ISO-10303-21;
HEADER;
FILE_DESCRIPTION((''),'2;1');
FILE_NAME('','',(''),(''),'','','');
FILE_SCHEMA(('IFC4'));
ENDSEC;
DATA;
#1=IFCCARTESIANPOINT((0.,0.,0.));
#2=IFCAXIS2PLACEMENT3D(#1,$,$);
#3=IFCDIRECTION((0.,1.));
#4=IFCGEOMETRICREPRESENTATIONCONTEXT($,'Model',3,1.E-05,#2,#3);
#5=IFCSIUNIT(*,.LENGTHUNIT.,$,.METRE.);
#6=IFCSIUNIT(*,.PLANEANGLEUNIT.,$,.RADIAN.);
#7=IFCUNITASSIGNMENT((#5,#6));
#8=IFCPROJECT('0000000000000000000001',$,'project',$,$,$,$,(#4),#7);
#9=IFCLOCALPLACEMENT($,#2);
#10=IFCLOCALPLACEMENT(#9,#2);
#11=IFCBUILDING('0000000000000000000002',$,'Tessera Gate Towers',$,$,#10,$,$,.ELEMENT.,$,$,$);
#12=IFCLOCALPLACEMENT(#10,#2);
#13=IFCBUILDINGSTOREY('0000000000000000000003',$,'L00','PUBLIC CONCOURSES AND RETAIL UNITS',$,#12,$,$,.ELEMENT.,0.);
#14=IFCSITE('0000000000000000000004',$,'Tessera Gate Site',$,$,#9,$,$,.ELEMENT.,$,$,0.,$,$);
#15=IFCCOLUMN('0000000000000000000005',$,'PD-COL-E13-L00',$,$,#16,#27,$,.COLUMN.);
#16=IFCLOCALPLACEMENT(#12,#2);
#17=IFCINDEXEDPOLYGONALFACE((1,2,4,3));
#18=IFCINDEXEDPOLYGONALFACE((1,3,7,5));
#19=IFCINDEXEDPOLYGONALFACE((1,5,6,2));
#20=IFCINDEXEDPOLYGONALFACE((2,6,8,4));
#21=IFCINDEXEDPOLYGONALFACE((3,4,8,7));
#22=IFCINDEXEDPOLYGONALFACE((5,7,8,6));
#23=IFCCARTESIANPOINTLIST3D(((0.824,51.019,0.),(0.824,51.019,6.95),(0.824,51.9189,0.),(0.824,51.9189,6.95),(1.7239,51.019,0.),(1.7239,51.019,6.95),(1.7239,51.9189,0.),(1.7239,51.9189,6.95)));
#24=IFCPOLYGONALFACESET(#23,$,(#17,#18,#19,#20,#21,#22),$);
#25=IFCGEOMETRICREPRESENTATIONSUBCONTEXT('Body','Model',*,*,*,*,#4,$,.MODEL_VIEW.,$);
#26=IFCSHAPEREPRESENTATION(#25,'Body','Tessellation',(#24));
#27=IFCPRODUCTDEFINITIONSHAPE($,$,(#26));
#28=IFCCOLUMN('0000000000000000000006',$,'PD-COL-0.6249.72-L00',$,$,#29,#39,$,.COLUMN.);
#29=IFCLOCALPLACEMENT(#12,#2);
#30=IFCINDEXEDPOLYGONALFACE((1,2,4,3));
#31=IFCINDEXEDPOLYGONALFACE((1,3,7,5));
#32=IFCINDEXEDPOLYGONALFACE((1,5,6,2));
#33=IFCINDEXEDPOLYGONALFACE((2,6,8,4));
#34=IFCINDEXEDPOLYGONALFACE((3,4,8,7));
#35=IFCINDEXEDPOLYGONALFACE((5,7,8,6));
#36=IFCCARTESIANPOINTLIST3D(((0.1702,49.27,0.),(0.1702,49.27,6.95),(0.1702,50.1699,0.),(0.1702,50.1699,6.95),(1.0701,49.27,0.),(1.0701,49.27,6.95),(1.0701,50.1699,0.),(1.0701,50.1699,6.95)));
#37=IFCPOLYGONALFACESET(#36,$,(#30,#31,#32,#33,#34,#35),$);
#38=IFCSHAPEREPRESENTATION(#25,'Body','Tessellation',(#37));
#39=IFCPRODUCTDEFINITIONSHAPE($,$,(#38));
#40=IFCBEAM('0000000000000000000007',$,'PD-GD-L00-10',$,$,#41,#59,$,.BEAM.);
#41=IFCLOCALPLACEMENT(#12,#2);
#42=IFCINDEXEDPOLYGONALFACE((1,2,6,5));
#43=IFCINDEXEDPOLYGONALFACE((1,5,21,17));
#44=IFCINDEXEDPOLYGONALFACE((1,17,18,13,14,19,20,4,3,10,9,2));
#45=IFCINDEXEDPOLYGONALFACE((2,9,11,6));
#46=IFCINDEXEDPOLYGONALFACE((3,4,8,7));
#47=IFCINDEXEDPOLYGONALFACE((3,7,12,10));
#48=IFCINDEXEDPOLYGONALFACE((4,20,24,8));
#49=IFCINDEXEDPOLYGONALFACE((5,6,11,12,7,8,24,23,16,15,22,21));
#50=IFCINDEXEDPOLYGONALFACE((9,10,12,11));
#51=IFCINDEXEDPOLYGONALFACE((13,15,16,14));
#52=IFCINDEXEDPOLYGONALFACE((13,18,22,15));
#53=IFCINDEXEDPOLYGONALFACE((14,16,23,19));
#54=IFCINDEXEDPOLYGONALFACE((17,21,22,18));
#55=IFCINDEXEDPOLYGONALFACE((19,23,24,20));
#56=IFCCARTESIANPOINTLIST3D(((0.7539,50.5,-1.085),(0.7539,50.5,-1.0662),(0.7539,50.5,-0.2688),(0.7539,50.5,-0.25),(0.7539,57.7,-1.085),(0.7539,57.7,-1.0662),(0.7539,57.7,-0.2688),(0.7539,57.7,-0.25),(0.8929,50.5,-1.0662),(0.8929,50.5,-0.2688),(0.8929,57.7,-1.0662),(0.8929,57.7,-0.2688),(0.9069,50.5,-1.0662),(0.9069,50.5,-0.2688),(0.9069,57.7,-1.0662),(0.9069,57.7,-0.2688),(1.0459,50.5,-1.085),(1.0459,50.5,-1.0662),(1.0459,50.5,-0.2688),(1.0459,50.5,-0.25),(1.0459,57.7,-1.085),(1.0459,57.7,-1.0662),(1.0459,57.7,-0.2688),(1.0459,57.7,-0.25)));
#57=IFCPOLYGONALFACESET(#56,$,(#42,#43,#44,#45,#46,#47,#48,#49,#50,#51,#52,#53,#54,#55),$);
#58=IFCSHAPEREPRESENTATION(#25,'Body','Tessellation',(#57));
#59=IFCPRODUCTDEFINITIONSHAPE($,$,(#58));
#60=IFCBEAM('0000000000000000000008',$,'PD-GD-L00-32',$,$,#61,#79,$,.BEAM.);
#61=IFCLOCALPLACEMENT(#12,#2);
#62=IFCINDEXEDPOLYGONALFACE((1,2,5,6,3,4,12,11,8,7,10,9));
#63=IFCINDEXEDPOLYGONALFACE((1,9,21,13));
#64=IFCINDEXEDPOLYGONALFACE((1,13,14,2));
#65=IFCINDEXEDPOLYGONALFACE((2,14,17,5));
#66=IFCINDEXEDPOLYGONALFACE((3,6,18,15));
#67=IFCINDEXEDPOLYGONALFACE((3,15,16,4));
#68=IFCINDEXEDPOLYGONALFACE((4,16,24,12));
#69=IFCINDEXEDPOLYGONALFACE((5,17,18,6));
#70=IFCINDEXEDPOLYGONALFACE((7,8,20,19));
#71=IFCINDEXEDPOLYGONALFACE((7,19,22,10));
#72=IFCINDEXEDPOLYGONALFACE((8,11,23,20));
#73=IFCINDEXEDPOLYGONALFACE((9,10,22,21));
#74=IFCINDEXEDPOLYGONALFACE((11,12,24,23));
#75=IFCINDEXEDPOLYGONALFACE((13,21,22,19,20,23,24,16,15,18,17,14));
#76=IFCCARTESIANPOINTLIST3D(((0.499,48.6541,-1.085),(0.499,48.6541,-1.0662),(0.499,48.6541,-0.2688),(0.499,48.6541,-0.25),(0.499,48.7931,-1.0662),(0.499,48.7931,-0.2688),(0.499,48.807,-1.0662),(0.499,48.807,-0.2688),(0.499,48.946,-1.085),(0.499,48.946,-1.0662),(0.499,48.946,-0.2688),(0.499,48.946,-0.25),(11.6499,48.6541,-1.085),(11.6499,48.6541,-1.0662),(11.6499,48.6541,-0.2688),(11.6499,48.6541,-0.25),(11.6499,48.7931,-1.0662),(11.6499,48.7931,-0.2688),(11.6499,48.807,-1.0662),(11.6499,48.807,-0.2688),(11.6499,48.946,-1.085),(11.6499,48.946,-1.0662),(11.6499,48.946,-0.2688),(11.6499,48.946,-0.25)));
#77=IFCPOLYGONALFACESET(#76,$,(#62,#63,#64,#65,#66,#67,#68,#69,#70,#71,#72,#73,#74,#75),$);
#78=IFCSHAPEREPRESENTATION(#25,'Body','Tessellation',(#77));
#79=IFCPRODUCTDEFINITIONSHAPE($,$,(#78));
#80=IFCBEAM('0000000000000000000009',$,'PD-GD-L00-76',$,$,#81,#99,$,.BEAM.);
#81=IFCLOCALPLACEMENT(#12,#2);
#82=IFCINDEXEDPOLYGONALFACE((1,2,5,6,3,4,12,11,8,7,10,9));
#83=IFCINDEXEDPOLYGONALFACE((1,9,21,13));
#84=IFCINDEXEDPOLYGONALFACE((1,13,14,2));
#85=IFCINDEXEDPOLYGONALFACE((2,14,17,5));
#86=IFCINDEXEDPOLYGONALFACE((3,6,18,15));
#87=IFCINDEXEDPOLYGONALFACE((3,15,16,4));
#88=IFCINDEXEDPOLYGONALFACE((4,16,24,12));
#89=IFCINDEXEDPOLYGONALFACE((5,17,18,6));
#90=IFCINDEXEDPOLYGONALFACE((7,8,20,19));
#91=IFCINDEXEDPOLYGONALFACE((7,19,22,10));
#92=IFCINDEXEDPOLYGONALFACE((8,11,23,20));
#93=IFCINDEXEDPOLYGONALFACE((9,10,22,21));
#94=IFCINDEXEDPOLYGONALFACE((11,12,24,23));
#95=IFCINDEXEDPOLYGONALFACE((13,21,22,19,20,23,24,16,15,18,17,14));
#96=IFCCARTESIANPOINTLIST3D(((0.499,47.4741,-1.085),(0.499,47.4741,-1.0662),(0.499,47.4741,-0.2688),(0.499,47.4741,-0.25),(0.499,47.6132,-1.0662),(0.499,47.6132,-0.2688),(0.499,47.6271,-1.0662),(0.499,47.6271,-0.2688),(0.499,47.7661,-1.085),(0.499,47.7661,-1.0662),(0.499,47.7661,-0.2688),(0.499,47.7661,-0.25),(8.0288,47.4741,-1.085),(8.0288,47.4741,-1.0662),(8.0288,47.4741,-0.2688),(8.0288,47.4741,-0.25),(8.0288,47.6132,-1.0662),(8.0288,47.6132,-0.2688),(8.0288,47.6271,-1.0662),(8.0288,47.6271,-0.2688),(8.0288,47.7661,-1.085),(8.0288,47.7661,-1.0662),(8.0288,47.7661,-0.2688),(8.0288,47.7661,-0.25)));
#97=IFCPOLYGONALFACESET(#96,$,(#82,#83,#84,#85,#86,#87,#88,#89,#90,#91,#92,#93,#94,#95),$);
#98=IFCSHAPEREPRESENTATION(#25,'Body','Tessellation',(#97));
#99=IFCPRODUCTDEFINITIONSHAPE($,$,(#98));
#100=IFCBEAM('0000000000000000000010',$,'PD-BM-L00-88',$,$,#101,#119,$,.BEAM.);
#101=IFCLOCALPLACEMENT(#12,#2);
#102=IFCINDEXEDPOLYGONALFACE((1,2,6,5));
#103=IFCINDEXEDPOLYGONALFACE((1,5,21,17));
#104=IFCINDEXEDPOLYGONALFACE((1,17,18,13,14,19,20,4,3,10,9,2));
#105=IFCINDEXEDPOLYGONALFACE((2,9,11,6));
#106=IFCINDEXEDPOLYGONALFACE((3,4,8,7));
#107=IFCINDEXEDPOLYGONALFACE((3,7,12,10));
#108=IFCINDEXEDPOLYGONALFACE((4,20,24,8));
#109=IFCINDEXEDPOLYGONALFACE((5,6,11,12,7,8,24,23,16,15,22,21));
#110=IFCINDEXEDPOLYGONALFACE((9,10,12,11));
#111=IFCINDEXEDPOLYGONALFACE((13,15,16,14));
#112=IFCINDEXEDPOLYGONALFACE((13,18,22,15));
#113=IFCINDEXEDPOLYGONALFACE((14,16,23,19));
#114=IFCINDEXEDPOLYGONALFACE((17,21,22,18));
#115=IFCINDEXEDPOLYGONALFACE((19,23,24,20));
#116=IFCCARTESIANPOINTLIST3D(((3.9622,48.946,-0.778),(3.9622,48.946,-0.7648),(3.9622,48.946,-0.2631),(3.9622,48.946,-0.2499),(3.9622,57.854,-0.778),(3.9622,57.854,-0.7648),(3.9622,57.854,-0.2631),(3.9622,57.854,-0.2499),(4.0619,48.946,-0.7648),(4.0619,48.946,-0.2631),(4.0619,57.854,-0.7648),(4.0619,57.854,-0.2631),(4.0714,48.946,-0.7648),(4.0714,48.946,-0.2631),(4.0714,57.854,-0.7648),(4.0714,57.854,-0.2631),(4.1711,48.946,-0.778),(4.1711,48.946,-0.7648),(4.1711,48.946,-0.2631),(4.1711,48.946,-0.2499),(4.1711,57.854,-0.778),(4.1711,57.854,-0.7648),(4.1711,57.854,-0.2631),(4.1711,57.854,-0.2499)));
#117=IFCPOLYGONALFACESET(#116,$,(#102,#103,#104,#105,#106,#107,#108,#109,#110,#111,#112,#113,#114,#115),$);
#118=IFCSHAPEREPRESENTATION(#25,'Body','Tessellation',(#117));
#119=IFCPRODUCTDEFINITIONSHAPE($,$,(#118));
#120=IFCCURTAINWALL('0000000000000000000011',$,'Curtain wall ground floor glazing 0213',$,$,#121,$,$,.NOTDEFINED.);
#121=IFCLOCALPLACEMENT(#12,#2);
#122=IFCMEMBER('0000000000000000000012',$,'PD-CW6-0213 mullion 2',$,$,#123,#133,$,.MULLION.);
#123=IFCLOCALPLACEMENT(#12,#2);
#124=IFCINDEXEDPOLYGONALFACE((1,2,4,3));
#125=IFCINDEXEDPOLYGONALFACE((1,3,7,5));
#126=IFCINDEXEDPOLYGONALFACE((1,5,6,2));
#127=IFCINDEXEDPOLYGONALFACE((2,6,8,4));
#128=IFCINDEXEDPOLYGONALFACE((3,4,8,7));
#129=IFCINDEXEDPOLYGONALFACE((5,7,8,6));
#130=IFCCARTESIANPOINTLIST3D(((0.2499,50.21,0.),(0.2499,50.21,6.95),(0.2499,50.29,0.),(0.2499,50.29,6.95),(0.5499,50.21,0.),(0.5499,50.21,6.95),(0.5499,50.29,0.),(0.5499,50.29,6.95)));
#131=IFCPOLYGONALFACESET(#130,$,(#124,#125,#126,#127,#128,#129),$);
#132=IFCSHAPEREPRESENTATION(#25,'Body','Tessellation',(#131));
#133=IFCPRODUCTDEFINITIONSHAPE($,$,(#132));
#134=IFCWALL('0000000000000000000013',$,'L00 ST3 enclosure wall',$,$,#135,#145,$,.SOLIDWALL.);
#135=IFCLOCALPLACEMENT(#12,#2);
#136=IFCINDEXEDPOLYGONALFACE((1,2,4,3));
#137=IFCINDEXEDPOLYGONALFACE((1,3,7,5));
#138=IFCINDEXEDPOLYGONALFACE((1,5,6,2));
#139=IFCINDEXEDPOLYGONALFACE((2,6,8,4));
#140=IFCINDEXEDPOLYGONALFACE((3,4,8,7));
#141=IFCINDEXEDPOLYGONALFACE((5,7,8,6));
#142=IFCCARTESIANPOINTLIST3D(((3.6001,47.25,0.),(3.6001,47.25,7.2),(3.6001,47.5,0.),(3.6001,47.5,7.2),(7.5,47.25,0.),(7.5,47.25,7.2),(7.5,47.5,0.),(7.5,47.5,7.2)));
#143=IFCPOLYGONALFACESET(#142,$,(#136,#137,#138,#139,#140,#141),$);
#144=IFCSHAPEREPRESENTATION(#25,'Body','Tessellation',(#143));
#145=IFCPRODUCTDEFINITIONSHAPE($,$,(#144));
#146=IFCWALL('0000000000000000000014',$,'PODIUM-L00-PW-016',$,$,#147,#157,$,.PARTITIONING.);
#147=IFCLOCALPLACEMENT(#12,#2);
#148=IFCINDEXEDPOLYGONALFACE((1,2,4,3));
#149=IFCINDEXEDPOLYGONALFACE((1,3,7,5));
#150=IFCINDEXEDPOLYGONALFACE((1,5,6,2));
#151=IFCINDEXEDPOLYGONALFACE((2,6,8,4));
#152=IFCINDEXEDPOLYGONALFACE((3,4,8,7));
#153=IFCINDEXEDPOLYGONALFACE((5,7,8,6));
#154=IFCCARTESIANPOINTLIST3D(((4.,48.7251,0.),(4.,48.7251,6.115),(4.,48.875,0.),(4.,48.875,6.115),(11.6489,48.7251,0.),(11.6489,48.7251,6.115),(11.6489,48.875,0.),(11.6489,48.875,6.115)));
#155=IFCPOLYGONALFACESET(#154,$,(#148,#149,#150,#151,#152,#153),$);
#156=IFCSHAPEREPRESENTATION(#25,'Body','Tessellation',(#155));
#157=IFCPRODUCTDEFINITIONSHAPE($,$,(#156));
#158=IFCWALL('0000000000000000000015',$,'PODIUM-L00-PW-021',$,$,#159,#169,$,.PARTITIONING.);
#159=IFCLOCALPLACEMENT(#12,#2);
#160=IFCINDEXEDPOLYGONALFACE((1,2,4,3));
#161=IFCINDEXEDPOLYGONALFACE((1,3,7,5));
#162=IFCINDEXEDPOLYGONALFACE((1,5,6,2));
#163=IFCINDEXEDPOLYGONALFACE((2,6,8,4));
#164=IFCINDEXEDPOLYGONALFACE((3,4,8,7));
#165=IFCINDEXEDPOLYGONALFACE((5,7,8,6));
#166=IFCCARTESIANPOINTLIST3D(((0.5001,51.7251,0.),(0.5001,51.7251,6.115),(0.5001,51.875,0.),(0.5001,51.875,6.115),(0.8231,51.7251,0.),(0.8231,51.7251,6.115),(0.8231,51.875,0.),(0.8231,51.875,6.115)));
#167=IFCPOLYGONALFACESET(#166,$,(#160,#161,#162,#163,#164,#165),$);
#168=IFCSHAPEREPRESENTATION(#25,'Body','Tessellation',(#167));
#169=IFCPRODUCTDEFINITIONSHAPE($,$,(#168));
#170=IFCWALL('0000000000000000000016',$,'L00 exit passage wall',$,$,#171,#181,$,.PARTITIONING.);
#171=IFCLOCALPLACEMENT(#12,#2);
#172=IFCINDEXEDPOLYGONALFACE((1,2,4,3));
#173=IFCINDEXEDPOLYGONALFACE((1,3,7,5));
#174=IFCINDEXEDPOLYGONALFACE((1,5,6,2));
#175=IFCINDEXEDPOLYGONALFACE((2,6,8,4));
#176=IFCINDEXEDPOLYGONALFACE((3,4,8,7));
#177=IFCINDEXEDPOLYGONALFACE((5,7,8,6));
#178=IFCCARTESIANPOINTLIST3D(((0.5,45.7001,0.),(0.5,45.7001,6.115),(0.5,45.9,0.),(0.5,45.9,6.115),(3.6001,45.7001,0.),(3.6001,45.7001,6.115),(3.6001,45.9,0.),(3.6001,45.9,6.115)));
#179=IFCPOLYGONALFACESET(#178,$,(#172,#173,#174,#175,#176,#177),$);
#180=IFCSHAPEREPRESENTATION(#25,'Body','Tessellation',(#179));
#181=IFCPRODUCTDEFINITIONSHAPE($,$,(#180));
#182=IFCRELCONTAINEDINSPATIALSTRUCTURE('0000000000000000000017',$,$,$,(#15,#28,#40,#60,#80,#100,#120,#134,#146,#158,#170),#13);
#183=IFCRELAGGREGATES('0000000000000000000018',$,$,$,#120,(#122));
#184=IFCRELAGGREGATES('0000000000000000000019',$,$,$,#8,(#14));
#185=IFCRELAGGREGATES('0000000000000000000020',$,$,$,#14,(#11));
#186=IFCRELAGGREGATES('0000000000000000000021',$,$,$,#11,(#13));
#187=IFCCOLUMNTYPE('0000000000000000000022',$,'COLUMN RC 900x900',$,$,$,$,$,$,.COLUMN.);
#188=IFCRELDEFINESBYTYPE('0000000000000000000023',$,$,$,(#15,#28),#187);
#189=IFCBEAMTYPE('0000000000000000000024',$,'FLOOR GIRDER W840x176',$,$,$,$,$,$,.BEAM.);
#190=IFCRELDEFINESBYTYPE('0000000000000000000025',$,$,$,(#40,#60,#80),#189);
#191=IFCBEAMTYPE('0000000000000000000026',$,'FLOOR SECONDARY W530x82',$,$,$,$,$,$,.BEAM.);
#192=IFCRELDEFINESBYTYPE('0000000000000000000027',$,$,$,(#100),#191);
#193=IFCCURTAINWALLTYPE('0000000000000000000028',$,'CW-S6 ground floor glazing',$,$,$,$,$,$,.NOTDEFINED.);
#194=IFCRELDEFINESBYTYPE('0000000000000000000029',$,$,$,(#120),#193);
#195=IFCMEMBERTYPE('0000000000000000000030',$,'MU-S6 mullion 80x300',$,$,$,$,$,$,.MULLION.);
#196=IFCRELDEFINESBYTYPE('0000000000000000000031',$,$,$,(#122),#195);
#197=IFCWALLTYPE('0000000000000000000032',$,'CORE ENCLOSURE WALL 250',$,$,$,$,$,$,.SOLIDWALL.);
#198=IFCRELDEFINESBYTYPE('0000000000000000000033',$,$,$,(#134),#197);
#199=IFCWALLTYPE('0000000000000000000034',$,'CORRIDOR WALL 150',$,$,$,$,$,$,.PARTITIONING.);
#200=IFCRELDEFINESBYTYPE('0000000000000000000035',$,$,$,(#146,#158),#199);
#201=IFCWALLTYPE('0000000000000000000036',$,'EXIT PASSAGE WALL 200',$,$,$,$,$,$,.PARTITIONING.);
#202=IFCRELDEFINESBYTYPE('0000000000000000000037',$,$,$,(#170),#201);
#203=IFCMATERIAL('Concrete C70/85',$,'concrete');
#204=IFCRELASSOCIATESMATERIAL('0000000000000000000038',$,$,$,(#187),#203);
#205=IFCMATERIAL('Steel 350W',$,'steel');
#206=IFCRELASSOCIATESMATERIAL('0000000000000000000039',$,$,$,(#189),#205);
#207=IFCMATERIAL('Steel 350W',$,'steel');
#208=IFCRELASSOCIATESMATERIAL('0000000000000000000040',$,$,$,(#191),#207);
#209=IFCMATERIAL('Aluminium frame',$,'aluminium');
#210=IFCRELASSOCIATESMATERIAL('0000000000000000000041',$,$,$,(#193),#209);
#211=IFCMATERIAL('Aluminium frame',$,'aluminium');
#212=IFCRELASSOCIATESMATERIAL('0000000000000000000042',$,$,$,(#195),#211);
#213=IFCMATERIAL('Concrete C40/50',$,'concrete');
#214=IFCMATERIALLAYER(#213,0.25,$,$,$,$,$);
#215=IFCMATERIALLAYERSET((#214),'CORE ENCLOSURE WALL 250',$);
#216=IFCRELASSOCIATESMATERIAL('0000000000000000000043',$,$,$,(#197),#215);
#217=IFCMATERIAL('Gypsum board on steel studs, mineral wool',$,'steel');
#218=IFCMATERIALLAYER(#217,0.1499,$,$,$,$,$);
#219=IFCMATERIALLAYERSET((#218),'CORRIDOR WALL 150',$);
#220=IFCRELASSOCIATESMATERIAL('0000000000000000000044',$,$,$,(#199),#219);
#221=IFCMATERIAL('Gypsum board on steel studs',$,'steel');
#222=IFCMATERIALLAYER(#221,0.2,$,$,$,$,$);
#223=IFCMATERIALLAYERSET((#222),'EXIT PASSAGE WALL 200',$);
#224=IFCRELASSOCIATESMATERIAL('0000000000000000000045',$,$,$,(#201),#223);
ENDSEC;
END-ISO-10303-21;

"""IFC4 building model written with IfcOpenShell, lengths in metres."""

from ifc_helpers import new_model, si_unit, direction, frame, frame_2d, origin, origin_2d, place, context, subcontext, project, spatial, rectangle, i_section, extrude, material, layer, layer_set, material_profile, profile_set, type_object, element, aggregate, save


model = new_model("IFC4")

# Units and contexts
model_context = context("Model", 3, precision=1e-05, world=origin(), true_north=direction((0.0, 1.0)))
body_context = subcontext(model_context, "Body", "Model", "MODEL_VIEW")
ifc_project = project(units=[si_unit("LENGTHUNIT", "METRE"), si_unit("PLANEANGLEUNIT", "RADIAN")], contexts=[model_context])

# Site, building, storey
site_placement = place(None, origin())
site = spatial("IfcSite", under=ifc_project, at=site_placement, Name="Tessera Gate Site", CompositionType="ELEMENT", RefElevation=0.0)
building_placement = place(site_placement, origin())
building = spatial("IfcBuilding", under=site, at=building_placement, Name="Tessera Gate Towers", CompositionType="ELEMENT")
storey_placement = place(building_placement, origin())
storey = spatial("IfcBuildingStorey", under=building, at=storey_placement, Name="L00", Description="PUBLIC CONCOURSES AND RETAIL UNITS", CompositionType="ELEMENT", Elevation=0.0)

# Columns
ifc_material_1 = material(Name="Concrete C70/85", Category="concrete")
ifc_material_profile_1 = material_profile(ifc_material_1, rectangle(XDim=0.8999, YDim=0.8999, at=origin_2d()), Name="RC 900x900")
ifc_profile_set_1 = profile_set([ifc_material_profile_1], Name="Concrete C70/85")
column_type = type_object("IfcColumnType", Name="COLUMN RC 900x900", PredefinedType="COLUMN", material=ifc_profile_set_1)
for number, where, z_axis, x_axis, name in (
    (1, (1.2739, 51.469, 0.0), (0.0, 0.0, 1.0), (1.0, 0.0, 0.0), "PD-COL-E13-L00"),
    (2, (0.6201, 49.72, 0.0), (0.0, 0.0, 1.0), (1.0, 0.0, 0.0), "PD-COL-0.6249.72-L00"),
):
    element("IfcColumn", number, at=place(storey_placement, frame(where, z_axis=z_axis, x_axis=x_axis)), inside=storey, type_object=column_type, Name=name, PredefinedType="COLUMN", context=body_context, shape_type="SweptSolid", body=[
        extrude(rectangle(XDim=0.8999, YDim=0.8999, at=origin_2d()), origin(), (0.0, 0.0, 1.0), 6.95),
    ])

# Beams
ifc_material_2 = material(Name="Steel 350W", Category="steel")
ifc_material_profile_2 = material_profile(ifc_material_2, i_section(OverallWidth=0.292, OverallDepth=0.835, WebThickness=0.0139, FlangeThickness=0.0188, at=origin_2d()), Name="W840x176")
ifc_profile_set_2 = profile_set([ifc_material_profile_2], Name="Steel 350W")
beam_type_1 = type_object("IfcBeamType", Name="FLOOR GIRDER W840x176", PredefinedType="BEAM", material=ifc_profile_set_2)
beam_1_placement = place(storey_placement, frame((0.8999, 50.5, -0.6675), z_axis=(0.0, 1.0, 0.0), x_axis=(-1.0, 0.0, 0.0)))
element("IfcBeam", 3, at=beam_1_placement, inside=storey, type_object=beam_type_1, Name="PD-GD-L00-10", PredefinedType="BEAM", context=body_context, shape_type="SweptSolid", body=[
    extrude(i_section(OverallWidth=0.292, OverallDepth=0.835, WebThickness=0.0139, FlangeThickness=0.0188, at=origin_2d()), origin(), (0.0, 0.0, 1.0), 7.2),
])
beam_2_placement = place(storey_placement, frame((0.499, 48.8, -0.6675), z_axis=(1.0, 0.0, 0.0), x_axis=(0.0, 1.0, 0.0)))
element("IfcBeam", 4, at=beam_2_placement, inside=storey, type_object=beam_type_1, Name="PD-GD-L00-32", PredefinedType="BEAM", context=body_context, shape_type="SweptSolid", body=[
    extrude(i_section(OverallWidth=0.292, OverallDepth=0.835, WebThickness=0.0139, FlangeThickness=0.0188, at=origin_2d()), origin(), (0.0, 0.0, 1.0), 11.1509),
])
beam_3_placement = place(storey_placement, frame((0.499, 47.6201, -0.6675), z_axis=(1.0, 0.0, 0.0), x_axis=(0.0, 1.0, 0.0)))
element("IfcBeam", 5, at=beam_3_placement, inside=storey, type_object=beam_type_1, Name="PD-GD-L00-76", PredefinedType="BEAM", context=body_context, shape_type="SweptSolid", body=[
    extrude(i_section(OverallWidth=0.292, OverallDepth=0.835, WebThickness=0.0139, FlangeThickness=0.0188, at=origin_2d()), origin(), (0.0, 0.0, 1.0), 7.5298),
])
ifc_material_3 = material(Name="Steel 350W", Category="steel")
ifc_material_profile_3 = material_profile(ifc_material_3, i_section(OverallWidth=0.209, OverallDepth=0.5281, WebThickness=0.0095, FlangeThickness=0.0132, at=origin_2d()), Name="W530x82")
ifc_profile_set_3 = profile_set([ifc_material_profile_3], Name="Steel 350W")
beam_type_2 = type_object("IfcBeamType", Name="FLOOR SECONDARY W530x82", PredefinedType="BEAM", material=ifc_profile_set_3)
beam_4_placement = place(storey_placement, frame((4.0667, 48.946, -0.5139), z_axis=(0.0, 1.0, 0.0), x_axis=(-1.0, 0.0, 0.0)))
element("IfcBeam", 6, at=beam_4_placement, inside=storey, type_object=beam_type_2, Name="PD-BM-L00-88", PredefinedType="BEAM", context=body_context, shape_type="SweptSolid", body=[
    extrude(i_section(OverallWidth=0.209, OverallDepth=0.5281, WebThickness=0.0095, FlangeThickness=0.0132, at=origin_2d()), origin(), (0.0, 0.0, 1.0), 8.908),
])

# Curtain wall, member
ifc_material_4 = material(Name="Aluminium frame", Category="aluminium")
curtain_wall_type = type_object("IfcCurtainWallType", Name="CW-S6 ground floor glazing", PredefinedType="NOTDEFINED", material=ifc_material_4)
curtain_wall_placement = place(storey_placement, origin())
curtain_wall = element("IfcCurtainWall", 7, at=curtain_wall_placement, inside=storey, type_object=curtain_wall_type, Name="Curtain wall ground floor glazing 0213", PredefinedType="NOTDEFINED")
ifc_material_5 = material(Name="Aluminium frame", Category="aluminium")
ifc_material_profile_4 = material_profile(ifc_material_5, rectangle(XDim=0.0801, YDim=0.3, at=origin_2d()), Name="AL 80x300")
ifc_profile_set_4 = profile_set([ifc_material_profile_4], Name="Aluminium frame")
member_type = type_object("IfcMemberType", Name="MU-S6 mullion 80x300", PredefinedType="MULLION", material=ifc_profile_set_4)
member_placement = place(storey_placement, frame((0.3999, 50.25, 0.0), z_axis=(0.0, 0.0, 1.0), x_axis=(0.0, -1.0, 0.0)))
member = element("IfcMember", 8, at=member_placement, type_object=member_type, Name="PD-CW6-0213 mullion 2", PredefinedType="MULLION", context=body_context, shape_type="SweptSolid", body=[
    extrude(rectangle(XDim=0.0801, YDim=0.3, at=origin_2d()), origin(), (0.0, 0.0, 1.0), 6.95),
])
aggregate(curtain_wall, [member])

# Walls
ifc_material_6 = material(Name="Concrete C40/50", Category="concrete")
ifc_layer_1 = layer(ifc_material_6, 0.25)
ifc_layer_set_1 = layer_set([ifc_layer_1], Name="CORE ENCLOSURE WALL 250")
wall_type_1 = type_object("IfcWallType", Name="CORE ENCLOSURE WALL 250", PredefinedType="SOLIDWALL", material=ifc_layer_set_1)
wall_1_placement = place(storey_placement, frame((3.6001, 47.375, 0.0), z_axis=(0.0, 0.0, 1.0), x_axis=(1.0, 0.0, 0.0)))
element("IfcWall", 9, at=wall_1_placement, inside=storey, type_object=wall_type_1, Name="L00 ST3 enclosure wall", PredefinedType="SOLIDWALL", context=body_context, shape_type="SweptSolid", body=[
    extrude(rectangle(XDim=3.8999, YDim=0.25, at=frame_2d((1.95, 0.0))), origin(), (0.0, 0.0, 1.0), 7.2),
])
ifc_material_7 = material(Name="Gypsum board on steel studs, mineral wool", Category="steel")
ifc_layer_2 = layer(ifc_material_7, 0.1499)
ifc_layer_set_2 = layer_set([ifc_layer_2], Name="CORRIDOR WALL 150")
wall_type_2 = type_object("IfcWallType", Name="CORRIDOR WALL 150", PredefinedType="PARTITIONING", material=ifc_layer_set_2)
wall_2_placement = place(storey_placement, frame((4.0, 48.8, 0.0), z_axis=(0.0, 0.0, 1.0), x_axis=(1.0, 0.0, 0.0)))
element("IfcWall", 10, at=wall_2_placement, inside=storey, type_object=wall_type_2, Name="PODIUM-L00-PW-016", PredefinedType="PARTITIONING", context=body_context, shape_type="SweptSolid", body=[
    extrude(rectangle(XDim=7.6489, YDim=0.1499, at=frame_2d((3.8245, 0.0))), origin(), (0.0, 0.0, 1.0), 6.115),
])
wall_3_placement = place(storey_placement, frame((0.5, 51.8, 0.0), z_axis=(0.0, 0.0, 1.0), x_axis=(1.0, 0.0, 0.0)))
element("IfcWall", 11, at=wall_3_placement, inside=storey, type_object=wall_type_2, Name="PODIUM-L00-PW-021", PredefinedType="PARTITIONING", context=body_context, shape_type="SweptSolid", body=[
    extrude(rectangle(XDim=0.323, YDim=0.1499, at=frame_2d((0.1616, 0.0))), origin(), (0.0, 0.0, 1.0), 6.115),
])
ifc_material_8 = material(Name="Gypsum board on steel studs", Category="steel")
ifc_layer_3 = layer(ifc_material_8, 0.2)
ifc_layer_set_3 = layer_set([ifc_layer_3], Name="EXIT PASSAGE WALL 200")
wall_type_3 = type_object("IfcWallType", Name="EXIT PASSAGE WALL 200", PredefinedType="PARTITIONING", material=ifc_layer_set_3)
for number, where, z_axis, x_axis, name in (
    (12, (0.5, 45.8, 0.0), (0.0, 0.0, 1.0), (1.0, 0.0, 0.0), "L00 exit passage wall"),
):
    element("IfcWall", number, at=place(storey_placement, frame(where, z_axis=z_axis, x_axis=x_axis)), inside=storey, type_object=wall_type_3, Name=name, PredefinedType="PARTITIONING", context=body_context, shape_type="SweptSolid", body=[
        extrude(rectangle(XDim=3.1001, YDim=0.2, at=frame_2d((1.55, 0.0))), origin(), (0.0, 0.0, 1.0), 6.115),
    ])

save(model, "model.ifc")
